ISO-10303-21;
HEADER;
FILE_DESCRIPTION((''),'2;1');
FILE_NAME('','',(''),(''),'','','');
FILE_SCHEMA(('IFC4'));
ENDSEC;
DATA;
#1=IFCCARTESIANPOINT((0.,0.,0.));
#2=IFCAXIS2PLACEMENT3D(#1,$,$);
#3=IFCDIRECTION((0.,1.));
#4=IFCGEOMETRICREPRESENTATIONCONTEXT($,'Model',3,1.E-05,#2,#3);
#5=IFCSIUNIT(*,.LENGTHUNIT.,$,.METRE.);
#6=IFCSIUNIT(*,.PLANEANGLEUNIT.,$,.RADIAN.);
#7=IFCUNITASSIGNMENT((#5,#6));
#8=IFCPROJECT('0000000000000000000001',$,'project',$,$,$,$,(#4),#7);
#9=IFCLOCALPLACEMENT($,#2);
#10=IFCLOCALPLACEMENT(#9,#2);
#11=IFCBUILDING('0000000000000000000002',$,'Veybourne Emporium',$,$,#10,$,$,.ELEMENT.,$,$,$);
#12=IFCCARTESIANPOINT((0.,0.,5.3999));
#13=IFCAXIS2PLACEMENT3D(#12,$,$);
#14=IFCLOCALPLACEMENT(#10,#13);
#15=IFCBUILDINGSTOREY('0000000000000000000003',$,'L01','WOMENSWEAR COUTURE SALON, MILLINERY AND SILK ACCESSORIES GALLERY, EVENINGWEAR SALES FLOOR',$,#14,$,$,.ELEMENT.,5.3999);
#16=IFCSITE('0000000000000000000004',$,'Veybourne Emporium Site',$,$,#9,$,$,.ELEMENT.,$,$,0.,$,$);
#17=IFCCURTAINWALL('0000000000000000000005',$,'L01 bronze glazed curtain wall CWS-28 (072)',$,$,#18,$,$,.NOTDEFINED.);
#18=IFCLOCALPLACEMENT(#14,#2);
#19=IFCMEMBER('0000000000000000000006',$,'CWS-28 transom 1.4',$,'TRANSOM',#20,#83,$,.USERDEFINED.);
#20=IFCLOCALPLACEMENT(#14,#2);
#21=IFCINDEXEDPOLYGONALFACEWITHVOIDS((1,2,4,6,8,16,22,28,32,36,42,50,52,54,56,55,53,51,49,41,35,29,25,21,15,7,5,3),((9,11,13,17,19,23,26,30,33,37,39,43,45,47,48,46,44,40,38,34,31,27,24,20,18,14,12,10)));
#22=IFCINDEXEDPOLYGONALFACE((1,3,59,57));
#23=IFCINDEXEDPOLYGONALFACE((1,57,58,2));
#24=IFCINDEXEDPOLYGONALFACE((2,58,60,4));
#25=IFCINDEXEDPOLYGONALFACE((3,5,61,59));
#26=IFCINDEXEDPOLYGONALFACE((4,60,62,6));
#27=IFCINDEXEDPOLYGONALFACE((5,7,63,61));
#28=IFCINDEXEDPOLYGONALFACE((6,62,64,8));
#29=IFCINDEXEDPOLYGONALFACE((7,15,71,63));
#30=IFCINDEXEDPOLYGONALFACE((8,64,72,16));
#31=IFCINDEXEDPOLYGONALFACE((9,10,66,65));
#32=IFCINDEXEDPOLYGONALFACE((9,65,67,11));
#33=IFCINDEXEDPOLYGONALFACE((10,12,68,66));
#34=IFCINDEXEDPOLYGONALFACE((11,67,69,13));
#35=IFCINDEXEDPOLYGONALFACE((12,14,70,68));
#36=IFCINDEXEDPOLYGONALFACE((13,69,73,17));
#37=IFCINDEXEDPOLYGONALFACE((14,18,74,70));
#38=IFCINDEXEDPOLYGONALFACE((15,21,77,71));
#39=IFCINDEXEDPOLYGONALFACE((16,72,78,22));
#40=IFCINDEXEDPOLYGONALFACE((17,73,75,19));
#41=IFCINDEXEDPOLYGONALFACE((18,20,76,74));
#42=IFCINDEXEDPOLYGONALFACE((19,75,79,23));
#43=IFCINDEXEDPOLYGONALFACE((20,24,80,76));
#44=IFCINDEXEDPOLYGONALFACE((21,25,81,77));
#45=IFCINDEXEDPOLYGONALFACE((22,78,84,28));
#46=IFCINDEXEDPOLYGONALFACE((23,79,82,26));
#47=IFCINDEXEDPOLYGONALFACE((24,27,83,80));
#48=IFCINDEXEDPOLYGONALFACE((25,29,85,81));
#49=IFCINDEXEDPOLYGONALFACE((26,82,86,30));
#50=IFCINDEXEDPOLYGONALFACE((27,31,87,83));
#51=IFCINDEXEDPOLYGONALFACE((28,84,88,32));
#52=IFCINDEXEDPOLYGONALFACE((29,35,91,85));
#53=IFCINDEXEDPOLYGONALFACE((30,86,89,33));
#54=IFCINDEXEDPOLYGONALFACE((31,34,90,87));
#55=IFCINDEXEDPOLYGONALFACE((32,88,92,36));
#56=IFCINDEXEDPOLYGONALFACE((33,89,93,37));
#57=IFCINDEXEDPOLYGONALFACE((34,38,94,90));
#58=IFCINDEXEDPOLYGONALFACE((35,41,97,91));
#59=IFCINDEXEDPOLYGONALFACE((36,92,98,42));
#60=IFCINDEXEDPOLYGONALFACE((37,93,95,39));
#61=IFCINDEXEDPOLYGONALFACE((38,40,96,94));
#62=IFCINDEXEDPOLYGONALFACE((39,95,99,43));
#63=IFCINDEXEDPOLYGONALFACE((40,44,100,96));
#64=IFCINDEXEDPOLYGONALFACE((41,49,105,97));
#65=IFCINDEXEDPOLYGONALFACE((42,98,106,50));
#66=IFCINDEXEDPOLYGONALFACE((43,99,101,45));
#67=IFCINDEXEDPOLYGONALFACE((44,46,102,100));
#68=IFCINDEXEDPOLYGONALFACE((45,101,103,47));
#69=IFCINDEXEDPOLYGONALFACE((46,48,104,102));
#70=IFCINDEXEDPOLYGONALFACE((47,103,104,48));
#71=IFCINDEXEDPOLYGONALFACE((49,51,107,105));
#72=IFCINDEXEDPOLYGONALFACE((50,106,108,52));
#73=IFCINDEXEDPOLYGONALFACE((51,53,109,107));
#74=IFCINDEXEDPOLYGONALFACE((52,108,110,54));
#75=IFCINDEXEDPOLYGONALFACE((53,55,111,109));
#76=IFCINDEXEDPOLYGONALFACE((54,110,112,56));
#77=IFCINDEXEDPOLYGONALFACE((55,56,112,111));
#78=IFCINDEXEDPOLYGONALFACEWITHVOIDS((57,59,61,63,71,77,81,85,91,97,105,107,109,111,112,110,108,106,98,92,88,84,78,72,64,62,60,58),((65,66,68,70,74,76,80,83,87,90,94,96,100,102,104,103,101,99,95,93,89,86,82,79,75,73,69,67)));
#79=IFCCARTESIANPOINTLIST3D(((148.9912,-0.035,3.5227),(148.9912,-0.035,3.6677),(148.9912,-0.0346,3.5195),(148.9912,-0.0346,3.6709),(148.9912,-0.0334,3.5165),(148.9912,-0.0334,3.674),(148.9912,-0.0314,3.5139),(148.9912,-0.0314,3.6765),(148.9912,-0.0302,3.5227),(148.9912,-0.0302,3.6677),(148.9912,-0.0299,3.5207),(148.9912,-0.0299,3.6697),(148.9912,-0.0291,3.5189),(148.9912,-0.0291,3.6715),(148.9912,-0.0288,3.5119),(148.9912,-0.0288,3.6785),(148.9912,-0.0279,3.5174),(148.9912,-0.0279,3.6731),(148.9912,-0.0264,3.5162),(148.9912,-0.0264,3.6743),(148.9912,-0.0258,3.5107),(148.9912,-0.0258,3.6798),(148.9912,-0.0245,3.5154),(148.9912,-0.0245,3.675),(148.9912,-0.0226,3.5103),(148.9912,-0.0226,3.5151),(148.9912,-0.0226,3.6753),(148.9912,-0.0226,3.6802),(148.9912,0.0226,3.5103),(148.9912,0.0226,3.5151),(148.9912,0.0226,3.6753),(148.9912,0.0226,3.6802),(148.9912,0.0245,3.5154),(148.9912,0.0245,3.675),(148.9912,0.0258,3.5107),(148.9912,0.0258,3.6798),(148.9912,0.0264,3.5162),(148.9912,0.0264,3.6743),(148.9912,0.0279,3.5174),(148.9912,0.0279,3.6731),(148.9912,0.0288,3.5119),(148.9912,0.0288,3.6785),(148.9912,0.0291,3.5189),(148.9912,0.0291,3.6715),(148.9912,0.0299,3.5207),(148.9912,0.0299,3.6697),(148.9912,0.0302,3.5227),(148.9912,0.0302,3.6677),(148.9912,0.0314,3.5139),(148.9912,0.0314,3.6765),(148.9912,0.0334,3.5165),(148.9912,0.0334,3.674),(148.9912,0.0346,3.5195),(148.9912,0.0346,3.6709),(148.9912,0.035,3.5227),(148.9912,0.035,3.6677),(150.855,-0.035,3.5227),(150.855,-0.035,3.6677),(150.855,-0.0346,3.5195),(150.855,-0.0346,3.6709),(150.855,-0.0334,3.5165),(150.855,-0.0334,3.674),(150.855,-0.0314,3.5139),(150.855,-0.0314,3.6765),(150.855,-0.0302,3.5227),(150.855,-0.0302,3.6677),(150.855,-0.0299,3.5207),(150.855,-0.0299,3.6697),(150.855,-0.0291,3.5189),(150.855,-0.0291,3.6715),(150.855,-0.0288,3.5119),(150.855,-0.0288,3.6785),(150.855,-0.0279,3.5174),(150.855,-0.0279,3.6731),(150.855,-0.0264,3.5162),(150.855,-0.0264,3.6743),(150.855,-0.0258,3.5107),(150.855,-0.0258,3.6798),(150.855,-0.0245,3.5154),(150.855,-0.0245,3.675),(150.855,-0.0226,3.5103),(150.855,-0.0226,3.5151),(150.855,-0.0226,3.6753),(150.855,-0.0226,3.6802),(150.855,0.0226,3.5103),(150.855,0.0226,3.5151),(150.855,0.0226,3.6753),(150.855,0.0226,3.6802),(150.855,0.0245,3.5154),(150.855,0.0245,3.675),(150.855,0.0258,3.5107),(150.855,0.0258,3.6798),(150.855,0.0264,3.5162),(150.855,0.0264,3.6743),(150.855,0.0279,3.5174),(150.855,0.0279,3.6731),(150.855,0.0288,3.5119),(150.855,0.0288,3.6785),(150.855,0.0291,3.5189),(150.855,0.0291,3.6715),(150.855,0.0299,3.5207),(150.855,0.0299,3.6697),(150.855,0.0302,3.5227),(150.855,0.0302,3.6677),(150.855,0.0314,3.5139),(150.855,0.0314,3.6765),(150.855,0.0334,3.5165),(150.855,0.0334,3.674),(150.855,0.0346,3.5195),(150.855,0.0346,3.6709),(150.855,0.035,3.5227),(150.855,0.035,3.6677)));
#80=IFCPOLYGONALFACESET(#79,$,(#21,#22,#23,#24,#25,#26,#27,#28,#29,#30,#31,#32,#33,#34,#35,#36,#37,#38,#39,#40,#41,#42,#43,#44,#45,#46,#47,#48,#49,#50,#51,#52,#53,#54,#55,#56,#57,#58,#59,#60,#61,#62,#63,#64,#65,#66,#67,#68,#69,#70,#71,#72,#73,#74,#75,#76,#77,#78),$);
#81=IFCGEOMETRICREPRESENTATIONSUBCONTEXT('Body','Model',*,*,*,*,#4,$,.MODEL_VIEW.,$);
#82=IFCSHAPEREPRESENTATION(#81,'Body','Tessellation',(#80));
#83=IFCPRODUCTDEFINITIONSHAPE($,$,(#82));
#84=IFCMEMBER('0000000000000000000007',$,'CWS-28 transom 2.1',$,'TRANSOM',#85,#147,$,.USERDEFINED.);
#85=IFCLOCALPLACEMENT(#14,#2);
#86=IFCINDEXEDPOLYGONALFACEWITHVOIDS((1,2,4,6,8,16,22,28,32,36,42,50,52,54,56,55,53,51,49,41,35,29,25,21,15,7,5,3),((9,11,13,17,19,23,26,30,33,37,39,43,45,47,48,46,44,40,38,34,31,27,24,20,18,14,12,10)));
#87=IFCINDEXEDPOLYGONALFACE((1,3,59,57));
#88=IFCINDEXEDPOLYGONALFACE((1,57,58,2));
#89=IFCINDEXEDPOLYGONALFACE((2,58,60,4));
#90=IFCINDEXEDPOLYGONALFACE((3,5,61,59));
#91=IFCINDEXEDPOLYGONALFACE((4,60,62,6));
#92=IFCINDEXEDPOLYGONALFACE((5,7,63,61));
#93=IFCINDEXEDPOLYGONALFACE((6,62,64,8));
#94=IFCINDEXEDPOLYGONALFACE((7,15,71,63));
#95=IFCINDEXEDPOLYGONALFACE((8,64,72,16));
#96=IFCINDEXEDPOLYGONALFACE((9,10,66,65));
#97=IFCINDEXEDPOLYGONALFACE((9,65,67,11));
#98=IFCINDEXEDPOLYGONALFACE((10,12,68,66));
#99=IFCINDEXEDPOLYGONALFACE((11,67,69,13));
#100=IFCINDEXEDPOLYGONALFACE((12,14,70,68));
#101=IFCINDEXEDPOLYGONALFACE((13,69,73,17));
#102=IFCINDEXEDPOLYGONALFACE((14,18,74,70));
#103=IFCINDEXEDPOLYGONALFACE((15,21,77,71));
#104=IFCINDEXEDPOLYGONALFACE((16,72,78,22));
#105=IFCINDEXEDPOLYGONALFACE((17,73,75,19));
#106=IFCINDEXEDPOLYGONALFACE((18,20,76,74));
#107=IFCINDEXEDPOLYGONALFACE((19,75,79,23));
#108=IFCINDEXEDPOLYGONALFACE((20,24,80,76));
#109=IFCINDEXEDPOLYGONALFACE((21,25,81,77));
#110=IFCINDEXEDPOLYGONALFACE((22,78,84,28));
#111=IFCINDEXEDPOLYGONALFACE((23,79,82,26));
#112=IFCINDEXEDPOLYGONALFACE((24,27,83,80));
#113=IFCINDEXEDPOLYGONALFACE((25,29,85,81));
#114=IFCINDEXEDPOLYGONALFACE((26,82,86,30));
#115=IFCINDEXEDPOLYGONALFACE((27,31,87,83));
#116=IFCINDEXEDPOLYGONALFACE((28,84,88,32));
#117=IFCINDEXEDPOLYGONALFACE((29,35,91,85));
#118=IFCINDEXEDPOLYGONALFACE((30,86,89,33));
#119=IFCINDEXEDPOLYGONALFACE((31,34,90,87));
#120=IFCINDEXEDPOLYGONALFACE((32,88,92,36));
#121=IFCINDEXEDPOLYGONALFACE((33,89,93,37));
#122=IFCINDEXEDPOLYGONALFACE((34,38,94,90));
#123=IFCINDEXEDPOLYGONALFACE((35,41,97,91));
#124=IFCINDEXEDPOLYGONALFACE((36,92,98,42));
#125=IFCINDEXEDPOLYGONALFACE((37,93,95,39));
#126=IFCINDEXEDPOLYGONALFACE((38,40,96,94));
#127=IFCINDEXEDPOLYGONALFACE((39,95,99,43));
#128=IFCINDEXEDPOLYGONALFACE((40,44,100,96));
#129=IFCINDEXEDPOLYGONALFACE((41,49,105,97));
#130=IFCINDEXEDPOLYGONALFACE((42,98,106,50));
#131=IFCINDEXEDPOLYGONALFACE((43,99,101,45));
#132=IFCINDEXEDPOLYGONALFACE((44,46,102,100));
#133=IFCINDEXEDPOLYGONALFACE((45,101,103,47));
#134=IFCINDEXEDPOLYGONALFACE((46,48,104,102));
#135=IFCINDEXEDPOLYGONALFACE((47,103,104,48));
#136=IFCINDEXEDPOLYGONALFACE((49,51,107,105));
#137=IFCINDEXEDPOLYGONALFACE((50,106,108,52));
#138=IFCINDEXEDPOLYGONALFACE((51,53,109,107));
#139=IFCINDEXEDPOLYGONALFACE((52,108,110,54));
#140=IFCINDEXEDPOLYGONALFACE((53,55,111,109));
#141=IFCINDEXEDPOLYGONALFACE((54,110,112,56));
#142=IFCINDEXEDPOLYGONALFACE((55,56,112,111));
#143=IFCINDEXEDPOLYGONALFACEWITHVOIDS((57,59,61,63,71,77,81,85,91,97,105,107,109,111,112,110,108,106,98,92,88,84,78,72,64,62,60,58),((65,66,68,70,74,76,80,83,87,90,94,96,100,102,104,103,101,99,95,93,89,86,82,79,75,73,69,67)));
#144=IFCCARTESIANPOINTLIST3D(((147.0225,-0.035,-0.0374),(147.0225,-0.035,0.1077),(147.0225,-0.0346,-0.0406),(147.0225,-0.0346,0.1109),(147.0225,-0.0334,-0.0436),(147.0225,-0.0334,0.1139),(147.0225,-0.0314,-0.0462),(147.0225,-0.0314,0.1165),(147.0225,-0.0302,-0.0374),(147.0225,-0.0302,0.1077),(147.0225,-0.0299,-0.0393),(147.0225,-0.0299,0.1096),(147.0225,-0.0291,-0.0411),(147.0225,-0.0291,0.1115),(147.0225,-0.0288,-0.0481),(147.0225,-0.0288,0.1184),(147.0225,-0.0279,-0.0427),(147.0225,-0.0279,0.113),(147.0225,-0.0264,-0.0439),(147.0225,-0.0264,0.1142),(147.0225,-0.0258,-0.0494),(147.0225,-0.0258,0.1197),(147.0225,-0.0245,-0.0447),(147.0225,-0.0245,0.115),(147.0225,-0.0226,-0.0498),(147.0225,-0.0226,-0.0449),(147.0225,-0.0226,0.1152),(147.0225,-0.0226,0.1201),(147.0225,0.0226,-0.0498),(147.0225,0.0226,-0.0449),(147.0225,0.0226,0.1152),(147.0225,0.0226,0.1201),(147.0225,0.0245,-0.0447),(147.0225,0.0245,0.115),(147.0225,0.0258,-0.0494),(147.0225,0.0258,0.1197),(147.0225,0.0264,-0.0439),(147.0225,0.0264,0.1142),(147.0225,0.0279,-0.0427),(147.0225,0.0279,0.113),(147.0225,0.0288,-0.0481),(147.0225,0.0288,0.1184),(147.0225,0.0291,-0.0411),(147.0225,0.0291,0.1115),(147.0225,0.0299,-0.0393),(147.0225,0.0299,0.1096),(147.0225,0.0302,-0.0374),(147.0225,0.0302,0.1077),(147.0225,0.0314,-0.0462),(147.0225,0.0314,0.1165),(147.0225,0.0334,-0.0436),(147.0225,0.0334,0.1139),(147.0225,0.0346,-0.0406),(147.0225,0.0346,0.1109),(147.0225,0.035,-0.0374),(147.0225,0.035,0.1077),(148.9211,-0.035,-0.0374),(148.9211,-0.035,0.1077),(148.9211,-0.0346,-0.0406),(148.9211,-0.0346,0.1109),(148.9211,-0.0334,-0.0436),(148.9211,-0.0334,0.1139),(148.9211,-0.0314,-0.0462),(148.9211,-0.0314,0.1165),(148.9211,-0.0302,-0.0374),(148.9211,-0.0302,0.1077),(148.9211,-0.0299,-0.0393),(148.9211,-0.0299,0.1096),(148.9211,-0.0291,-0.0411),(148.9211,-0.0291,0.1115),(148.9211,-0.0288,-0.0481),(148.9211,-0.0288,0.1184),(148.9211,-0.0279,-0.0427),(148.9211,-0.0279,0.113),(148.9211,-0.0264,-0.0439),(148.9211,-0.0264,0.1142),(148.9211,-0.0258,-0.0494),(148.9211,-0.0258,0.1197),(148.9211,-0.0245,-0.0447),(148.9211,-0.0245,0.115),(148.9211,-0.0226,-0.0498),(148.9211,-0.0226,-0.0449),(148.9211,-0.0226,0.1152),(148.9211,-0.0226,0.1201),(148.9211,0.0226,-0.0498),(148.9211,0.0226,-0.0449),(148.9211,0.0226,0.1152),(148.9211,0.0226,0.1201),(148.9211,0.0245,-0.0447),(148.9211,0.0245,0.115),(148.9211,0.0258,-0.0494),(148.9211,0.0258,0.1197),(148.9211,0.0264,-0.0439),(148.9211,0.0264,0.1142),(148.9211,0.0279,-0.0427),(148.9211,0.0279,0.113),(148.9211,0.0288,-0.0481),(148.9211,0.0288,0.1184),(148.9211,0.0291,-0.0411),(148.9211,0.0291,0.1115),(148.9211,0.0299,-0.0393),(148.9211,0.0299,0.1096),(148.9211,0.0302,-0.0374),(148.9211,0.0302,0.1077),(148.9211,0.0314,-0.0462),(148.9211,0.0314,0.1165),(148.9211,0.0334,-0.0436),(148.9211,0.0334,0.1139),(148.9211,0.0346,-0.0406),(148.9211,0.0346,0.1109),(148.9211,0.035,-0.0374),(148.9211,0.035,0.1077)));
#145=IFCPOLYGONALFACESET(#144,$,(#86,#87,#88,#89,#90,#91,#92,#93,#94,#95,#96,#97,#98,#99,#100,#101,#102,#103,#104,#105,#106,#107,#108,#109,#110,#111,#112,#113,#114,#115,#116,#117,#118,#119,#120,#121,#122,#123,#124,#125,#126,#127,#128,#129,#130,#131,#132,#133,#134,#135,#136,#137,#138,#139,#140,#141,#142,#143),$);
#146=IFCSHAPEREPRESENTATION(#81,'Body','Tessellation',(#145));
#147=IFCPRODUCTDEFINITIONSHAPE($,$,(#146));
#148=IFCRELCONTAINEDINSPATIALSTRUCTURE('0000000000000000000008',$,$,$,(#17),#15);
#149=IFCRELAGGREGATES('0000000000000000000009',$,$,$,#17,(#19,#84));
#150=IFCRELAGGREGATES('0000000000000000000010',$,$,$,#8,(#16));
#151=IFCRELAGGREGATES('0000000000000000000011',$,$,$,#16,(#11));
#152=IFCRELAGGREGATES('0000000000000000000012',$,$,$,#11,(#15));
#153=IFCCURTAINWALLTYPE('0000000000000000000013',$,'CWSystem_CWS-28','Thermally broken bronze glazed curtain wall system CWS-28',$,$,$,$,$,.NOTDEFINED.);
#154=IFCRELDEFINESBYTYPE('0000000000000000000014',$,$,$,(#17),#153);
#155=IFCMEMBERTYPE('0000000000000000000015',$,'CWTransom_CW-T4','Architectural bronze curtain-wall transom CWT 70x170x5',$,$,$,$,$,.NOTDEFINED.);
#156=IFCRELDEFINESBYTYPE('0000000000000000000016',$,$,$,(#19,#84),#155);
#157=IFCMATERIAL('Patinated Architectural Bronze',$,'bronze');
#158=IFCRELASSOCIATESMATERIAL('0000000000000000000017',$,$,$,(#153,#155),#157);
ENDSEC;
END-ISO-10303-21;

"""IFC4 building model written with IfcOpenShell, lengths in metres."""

from ifc_helpers import new_model, si_unit, direction, frame, origin, origin_2d, place, context, subcontext, project, spatial, hollow_rectangle, extrude, material, material_profile, profile_set, type_object, element, aggregate, save


model = new_model("IFC4")

# Units and contexts
model_context = context("Model", 3, precision=1e-05, world=origin(), true_north=direction((0.0, 1.0)))
body_context = subcontext(model_context, "Body", "Model", "MODEL_VIEW")
ifc_project = project(units=[si_unit("LENGTHUNIT", "METRE"), si_unit("PLANEANGLEUNIT", "RADIAN")], contexts=[model_context])

# Site, building, storey
site_placement = place(None, origin())
site = spatial("IfcSite", under=ifc_project, at=site_placement, Name="Veybourne Emporium Site", CompositionType="ELEMENT", RefElevation=0.0)
building_placement = place(site_placement, origin())
building = spatial("IfcBuilding", under=site, at=building_placement, Name="Veybourne Emporium", CompositionType="ELEMENT")
storey_placement = place(building_placement, frame((0.0, 0.0, 5.3999)))
storey = spatial("IfcBuildingStorey", under=building, at=storey_placement, Name="L01", Description="WOMENSWEAR COUTURE SALON, MILLINERY AND SILK ACCESSORIES GALLERY, EVENINGWEAR SALES FLOOR", CompositionType="ELEMENT", Elevation=5.3999)

# Shared definitions
ifc_material_1 = material(Name="Patinated Architectural Bronze", Category="bronze")

# Curtain wall, members
curtain_wall_type_1 = type_object("IfcCurtainWallType", Name="CWSystem_CWS-28", Description="Thermally broken bronze glazed curtain wall system CWS-28", PredefinedType="NOTDEFINED", material=ifc_material_1)
curtain_wall_1_placement = place(storey_placement, origin())
curtain_wall_1 = element("IfcCurtainWall", 1, at=curtain_wall_1_placement, inside=storey, type_object=curtain_wall_type_1, Name="L01 bronze glazed curtain wall CWS-28 (072)", PredefinedType="NOTDEFINED")
ifc_material_profile_1 = material_profile(ifc_material_1, hollow_rectangle(XDim=0.0701, YDim=0.1699, WallThickness=0.0049, InnerFilletRadius=0.0076, OuterFilletRadius=0.0125, at=origin_2d()), Name="CWT 70x170x5")
ifc_profile_set_1 = profile_set([ifc_material_profile_1], Name="Patinated Architectural Bronze")
member_type_1 = type_object("IfcMemberType", Name="CWTransom_CW-T4", Description="Architectural bronze curtain-wall transom CWT 70x170x5", PredefinedType="NOTDEFINED", material=ifc_profile_set_1)
member_1_placement = place(storey_placement, frame((150.855, 0.0, 3.5952), z_axis=(-1.0, 0.0, 0.0), x_axis=(0.0, -1.0, 0.0)))
member_1 = element("IfcMember", 2, at=member_1_placement, type_object=member_type_1, Name="CWS-28 transom 1.4", ObjectType="TRANSOM", PredefinedType="USERDEFINED", context=body_context, shape_type="SweptSolid", body=[
    extrude(hollow_rectangle(XDim=0.0701, YDim=0.1699, WallThickness=0.0049, InnerFilletRadius=0.0076, OuterFilletRadius=0.0125, at=origin_2d()), origin(), (0.0, 0.0, 1.0), 1.8638),
])
member_2_placement = place(storey_placement, frame((148.9211, 0.0, 0.0352), z_axis=(-1.0, 0.0, 0.0), x_axis=(0.0, -1.0, 0.0)))
member_2 = element("IfcMember", 3, at=member_2_placement, type_object=member_type_1, Name="CWS-28 transom 2.1", ObjectType="TRANSOM", PredefinedType="USERDEFINED", context=body_context, shape_type="SweptSolid", body=[
    extrude(hollow_rectangle(XDim=0.0701, YDim=0.1699, WallThickness=0.0049, InnerFilletRadius=0.0076, OuterFilletRadius=0.0125, at=origin_2d()), origin(), (0.0, 0.0, 1.0), 1.8987),
])

aggregate(curtain_wall_1, [member_1, member_2])

save(model, "model.ifc")
